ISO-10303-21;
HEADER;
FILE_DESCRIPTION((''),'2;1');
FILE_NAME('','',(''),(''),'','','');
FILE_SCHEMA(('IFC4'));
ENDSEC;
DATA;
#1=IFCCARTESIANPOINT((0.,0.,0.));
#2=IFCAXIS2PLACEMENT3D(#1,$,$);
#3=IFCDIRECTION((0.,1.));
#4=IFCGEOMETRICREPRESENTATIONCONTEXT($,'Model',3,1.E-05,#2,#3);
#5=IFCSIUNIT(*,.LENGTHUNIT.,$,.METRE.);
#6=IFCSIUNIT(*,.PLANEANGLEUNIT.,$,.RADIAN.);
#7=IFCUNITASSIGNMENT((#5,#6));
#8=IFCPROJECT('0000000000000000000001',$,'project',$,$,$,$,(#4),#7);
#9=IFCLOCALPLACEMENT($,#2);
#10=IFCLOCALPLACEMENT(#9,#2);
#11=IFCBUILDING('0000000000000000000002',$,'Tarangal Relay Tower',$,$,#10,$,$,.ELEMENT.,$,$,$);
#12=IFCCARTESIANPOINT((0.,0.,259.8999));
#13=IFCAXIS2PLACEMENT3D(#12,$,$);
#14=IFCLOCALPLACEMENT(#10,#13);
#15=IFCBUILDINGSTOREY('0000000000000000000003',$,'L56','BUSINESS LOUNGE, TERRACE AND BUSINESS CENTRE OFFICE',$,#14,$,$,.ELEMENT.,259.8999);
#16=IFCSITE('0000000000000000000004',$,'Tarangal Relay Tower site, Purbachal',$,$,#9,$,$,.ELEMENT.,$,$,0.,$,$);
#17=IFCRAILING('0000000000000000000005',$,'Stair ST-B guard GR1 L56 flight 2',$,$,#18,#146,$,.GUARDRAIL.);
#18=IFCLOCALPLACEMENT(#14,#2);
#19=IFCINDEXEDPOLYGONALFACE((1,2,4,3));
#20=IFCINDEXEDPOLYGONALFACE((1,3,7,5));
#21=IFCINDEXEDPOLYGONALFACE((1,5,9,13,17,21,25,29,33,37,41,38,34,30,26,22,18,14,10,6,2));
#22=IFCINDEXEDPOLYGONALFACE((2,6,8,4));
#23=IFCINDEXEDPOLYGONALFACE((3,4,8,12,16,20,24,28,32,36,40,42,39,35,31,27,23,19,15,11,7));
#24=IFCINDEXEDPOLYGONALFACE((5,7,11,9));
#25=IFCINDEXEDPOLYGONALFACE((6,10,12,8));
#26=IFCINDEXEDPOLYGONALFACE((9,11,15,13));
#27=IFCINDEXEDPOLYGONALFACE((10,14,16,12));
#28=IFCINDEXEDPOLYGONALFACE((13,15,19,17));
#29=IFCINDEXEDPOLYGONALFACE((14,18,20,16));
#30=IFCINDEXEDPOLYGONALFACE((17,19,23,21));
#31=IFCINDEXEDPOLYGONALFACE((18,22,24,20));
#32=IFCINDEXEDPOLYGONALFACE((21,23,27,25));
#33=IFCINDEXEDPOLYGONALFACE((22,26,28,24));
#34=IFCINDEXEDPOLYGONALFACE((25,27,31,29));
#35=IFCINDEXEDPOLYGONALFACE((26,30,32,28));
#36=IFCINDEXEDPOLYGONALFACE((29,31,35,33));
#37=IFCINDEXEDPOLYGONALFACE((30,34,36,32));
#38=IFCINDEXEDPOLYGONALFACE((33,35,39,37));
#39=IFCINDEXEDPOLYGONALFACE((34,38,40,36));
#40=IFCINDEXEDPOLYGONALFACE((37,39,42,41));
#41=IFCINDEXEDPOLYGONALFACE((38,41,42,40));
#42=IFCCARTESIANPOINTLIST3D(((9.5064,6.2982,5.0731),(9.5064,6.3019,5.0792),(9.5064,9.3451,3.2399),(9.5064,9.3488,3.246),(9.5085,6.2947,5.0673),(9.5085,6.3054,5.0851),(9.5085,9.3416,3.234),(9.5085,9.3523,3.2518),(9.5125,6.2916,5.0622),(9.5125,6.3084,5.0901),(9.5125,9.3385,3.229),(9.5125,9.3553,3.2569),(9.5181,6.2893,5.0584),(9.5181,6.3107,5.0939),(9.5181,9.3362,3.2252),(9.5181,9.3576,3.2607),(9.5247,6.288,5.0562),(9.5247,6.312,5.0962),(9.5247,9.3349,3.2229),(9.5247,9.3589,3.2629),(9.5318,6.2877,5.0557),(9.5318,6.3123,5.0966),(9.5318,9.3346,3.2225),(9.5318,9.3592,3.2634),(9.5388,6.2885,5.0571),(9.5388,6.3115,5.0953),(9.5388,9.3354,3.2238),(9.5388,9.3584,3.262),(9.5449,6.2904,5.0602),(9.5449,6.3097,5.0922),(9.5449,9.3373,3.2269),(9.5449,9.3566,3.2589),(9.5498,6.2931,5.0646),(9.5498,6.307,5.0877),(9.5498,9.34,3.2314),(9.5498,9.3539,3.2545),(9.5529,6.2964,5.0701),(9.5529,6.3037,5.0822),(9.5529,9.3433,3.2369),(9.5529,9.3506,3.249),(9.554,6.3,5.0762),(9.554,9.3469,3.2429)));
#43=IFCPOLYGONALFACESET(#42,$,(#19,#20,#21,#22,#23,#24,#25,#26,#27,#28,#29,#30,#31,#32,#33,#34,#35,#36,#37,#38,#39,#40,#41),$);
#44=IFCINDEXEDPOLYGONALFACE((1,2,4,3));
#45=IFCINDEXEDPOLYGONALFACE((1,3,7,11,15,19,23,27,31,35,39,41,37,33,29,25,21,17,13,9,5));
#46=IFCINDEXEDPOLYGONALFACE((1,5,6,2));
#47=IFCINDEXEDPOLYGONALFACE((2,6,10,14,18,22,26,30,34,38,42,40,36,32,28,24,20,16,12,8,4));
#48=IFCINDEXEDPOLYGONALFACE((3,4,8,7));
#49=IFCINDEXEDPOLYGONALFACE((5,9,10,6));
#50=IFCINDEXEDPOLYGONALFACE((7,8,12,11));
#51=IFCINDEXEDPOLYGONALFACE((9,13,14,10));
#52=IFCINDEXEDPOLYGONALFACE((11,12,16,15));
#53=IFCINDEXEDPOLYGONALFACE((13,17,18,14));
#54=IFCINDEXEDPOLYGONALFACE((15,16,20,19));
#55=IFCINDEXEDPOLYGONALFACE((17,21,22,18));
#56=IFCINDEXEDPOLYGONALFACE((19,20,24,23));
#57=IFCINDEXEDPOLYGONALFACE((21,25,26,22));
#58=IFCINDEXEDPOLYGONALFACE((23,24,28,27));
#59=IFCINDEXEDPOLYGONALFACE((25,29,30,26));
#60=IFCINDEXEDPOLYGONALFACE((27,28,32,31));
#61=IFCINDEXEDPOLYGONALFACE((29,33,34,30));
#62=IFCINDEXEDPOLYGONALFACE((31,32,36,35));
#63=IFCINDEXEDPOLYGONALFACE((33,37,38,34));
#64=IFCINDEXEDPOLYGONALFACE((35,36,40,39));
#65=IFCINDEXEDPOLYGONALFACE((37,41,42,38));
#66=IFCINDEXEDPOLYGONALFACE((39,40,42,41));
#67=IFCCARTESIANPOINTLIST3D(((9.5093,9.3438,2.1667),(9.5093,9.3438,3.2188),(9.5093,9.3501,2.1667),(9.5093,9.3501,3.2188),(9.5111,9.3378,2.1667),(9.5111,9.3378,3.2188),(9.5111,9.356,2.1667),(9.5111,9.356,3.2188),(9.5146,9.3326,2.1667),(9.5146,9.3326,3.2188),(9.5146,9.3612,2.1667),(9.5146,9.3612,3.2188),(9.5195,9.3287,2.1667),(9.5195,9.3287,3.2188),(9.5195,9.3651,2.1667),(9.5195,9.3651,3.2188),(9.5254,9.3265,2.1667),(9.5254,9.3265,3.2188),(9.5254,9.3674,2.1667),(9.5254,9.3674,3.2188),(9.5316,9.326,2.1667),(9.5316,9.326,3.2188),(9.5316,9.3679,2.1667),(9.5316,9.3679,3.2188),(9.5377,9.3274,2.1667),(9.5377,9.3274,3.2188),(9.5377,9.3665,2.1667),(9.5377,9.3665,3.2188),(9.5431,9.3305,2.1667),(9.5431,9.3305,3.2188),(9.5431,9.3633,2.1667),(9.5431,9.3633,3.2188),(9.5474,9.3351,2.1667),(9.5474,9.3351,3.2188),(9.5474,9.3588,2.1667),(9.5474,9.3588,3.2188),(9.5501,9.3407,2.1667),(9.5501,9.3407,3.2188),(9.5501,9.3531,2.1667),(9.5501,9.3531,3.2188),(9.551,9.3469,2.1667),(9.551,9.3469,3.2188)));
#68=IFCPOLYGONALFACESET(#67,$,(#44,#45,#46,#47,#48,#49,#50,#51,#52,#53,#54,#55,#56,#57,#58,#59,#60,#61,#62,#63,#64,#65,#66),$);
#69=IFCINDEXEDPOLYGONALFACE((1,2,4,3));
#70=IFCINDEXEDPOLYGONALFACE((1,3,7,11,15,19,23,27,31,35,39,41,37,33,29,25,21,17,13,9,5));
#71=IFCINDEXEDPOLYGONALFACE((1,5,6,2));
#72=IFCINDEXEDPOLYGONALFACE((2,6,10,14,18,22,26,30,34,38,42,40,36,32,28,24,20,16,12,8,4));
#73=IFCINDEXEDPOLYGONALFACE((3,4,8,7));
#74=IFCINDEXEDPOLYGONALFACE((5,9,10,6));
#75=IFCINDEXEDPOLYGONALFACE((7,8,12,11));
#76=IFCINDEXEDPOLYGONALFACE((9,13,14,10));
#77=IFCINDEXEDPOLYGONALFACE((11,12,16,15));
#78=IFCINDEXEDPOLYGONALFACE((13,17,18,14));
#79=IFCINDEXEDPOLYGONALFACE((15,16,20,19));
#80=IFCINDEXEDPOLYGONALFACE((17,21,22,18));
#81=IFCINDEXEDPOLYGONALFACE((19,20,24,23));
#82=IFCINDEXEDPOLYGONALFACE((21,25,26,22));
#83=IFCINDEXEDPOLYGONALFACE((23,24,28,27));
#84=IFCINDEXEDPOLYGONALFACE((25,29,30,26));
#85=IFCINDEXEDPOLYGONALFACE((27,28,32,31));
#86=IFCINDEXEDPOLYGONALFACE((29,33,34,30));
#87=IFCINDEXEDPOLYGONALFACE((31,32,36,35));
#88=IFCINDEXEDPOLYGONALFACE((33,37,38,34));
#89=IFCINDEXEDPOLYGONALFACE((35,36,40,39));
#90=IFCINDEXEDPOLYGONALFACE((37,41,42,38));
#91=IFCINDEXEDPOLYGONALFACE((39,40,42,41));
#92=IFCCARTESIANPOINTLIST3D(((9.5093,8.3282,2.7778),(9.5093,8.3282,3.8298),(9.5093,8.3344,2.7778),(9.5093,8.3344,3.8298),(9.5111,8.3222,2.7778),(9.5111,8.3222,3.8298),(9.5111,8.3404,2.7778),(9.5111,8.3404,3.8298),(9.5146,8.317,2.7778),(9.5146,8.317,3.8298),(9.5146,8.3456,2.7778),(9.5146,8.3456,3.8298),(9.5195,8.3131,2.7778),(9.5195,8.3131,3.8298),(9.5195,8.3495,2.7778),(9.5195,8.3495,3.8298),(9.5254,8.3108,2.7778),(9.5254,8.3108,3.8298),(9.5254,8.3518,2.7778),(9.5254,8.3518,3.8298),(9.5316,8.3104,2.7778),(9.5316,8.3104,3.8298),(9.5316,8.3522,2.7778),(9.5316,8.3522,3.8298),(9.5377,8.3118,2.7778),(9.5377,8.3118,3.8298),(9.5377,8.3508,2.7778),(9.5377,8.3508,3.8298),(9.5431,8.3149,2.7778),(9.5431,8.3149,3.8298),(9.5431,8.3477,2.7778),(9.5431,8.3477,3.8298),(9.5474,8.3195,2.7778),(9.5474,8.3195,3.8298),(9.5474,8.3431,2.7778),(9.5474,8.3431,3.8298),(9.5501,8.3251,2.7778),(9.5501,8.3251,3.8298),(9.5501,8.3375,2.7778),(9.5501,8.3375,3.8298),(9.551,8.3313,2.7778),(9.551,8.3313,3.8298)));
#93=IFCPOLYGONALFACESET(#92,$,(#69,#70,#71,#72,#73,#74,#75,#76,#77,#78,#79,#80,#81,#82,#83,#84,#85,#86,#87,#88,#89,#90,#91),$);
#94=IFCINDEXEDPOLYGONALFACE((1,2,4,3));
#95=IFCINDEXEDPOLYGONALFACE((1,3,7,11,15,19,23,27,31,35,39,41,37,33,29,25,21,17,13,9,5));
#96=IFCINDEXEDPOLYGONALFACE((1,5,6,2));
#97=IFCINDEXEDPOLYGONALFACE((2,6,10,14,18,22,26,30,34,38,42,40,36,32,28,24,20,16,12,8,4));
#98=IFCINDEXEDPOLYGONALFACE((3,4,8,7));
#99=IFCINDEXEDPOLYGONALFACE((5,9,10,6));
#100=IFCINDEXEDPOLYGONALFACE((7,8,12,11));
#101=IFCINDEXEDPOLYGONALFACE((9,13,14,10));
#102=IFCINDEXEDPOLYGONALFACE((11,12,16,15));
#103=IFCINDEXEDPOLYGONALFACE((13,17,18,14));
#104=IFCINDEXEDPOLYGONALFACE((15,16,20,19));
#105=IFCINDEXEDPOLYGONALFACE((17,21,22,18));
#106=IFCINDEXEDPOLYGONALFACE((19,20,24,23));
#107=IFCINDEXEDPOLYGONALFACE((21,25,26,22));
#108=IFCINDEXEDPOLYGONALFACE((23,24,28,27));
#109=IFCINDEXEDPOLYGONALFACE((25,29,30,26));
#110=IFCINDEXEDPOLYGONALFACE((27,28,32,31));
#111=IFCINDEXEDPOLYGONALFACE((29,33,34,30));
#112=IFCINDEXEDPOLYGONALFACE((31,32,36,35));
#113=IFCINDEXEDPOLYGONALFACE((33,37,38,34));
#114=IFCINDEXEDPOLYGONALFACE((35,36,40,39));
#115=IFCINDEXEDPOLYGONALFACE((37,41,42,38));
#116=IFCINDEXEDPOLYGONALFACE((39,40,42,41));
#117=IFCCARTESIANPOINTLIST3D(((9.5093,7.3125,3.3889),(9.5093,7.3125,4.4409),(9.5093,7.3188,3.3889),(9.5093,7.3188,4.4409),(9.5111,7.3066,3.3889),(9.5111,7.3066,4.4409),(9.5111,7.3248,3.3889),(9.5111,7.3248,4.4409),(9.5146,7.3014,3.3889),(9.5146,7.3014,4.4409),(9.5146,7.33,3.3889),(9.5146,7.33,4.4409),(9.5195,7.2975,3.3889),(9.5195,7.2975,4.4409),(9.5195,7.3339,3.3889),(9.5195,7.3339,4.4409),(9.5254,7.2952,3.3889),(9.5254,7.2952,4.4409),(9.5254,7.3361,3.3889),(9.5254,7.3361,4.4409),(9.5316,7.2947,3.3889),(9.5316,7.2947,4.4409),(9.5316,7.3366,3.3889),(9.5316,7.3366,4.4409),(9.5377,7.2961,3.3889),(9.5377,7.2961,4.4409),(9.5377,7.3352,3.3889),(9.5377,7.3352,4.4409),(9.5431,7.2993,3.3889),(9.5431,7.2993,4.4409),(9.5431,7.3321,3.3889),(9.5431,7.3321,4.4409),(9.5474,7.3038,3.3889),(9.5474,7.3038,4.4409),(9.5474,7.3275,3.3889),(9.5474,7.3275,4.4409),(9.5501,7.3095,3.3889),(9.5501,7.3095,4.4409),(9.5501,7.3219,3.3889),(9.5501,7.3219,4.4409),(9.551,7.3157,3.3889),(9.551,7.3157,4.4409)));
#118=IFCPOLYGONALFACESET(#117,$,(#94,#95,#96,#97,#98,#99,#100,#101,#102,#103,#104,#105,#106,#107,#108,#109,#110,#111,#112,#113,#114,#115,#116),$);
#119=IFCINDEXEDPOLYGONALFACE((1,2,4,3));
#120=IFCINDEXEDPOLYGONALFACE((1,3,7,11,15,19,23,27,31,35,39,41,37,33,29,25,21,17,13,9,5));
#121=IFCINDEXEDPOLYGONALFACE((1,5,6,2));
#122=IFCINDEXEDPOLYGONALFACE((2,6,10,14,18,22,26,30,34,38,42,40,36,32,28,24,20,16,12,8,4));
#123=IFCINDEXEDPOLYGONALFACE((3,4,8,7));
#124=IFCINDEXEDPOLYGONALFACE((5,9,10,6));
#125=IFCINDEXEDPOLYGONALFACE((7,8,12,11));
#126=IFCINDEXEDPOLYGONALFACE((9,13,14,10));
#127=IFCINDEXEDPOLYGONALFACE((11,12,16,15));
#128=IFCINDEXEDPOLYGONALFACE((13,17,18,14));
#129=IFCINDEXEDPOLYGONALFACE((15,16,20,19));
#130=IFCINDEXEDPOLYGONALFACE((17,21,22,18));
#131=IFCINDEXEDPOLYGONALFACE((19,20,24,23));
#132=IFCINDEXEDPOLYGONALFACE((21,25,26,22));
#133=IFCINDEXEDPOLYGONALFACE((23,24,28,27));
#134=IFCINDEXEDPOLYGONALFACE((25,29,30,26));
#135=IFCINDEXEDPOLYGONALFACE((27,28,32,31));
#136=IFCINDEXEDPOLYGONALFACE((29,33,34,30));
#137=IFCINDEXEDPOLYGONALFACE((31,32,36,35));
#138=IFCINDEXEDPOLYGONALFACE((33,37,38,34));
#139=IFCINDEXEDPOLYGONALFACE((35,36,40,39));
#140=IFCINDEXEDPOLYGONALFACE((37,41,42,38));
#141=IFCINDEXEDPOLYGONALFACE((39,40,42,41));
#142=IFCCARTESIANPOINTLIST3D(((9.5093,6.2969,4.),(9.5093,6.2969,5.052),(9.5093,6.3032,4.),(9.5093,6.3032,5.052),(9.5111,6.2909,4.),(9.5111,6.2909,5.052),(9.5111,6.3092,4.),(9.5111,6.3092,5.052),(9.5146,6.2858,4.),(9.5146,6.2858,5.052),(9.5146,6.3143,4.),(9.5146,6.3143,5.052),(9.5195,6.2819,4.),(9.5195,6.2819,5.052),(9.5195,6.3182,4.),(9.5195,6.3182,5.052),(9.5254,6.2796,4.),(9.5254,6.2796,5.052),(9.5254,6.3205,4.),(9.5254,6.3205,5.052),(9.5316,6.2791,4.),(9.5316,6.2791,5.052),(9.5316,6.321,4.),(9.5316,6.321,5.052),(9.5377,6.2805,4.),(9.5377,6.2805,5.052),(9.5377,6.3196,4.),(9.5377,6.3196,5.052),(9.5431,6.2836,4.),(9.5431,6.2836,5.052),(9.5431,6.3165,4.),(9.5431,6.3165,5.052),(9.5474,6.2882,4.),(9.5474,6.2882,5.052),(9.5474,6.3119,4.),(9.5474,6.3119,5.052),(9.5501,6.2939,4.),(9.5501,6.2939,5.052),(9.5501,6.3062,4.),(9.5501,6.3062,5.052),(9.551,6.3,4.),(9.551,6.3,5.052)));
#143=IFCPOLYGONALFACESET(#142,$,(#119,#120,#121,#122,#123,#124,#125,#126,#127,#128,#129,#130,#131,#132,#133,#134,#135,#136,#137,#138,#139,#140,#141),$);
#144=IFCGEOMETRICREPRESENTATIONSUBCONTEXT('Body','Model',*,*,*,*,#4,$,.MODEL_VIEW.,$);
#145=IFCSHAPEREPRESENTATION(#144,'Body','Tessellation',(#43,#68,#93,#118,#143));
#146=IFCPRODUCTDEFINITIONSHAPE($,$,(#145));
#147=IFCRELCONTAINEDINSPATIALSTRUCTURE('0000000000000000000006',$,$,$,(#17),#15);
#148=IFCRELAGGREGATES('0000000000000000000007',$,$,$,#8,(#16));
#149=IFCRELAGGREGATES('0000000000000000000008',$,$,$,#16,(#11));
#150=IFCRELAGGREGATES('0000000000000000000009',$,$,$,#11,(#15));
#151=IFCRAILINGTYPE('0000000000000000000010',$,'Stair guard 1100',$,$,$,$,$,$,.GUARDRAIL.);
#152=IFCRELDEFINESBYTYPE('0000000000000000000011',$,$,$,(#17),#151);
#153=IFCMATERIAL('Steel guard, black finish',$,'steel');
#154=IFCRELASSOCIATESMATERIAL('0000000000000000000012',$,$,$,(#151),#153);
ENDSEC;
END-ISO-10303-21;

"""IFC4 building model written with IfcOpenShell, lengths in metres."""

from ifc_helpers import new_model, si_unit, direction, frame, origin, origin_2d, place, context, subcontext, project, spatial, circle, extrude, material, type_object, element, save


model = new_model("IFC4")

# Units and contexts
model_context = context("Model", 3, precision=1e-05, world=origin(), true_north=direction((0.0, 1.0)))
body_context = subcontext(model_context, "Body", "Model", "MODEL_VIEW")
ifc_project = project(units=[si_unit("LENGTHUNIT", "METRE"), si_unit("PLANEANGLEUNIT", "RADIAN")], contexts=[model_context])

# Site, building, storey
site_placement = place(None, origin())
site = spatial("IfcSite", under=ifc_project, at=site_placement, Name="Tarangal Relay Tower site, Purbachal", CompositionType="ELEMENT", RefElevation=0.0)
building_placement = place(site_placement, origin())
building = spatial("IfcBuilding", under=site, at=building_placement, Name="Tarangal Relay Tower", CompositionType="ELEMENT")
storey_placement = place(building_placement, frame((0.0, 0.0, 259.8999)))
storey = spatial("IfcBuildingStorey", under=building, at=storey_placement, Name="L56", Description="BUSINESS LOUNGE, TERRACE AND BUSINESS CENTRE OFFICE", CompositionType="ELEMENT", Elevation=259.8999)

# Railing
ifc_material_1 = material(Name="Steel guard, black finish", Category="steel")
railing_type_1 = type_object("IfcRailingType", Name="Stair guard 1100", PredefinedType="GUARDRAIL", material=ifc_material_1)
railing_1_placement = place(storey_placement, frame((9.53, 9.3469, 2.1667)))
element("IfcRailing", 1, at=railing_1_placement, inside=storey, type_object=railing_type_1, Name="Stair ST-B guard GR1 L56 flight 2", PredefinedType="GUARDRAIL", context=body_context, shape_type="SweptSolid", body=[
    extrude(circle(Radius=0.0239, at=origin_2d()), frame((0.0, 0.0, 1.0762), z_axis=(0.0, -0.856856, 0.515556), x_axis=(1.0, 0.0, 0.0)), (0.0, 0.0, 1.0), 3.5559),
    extrude(circle(Radius=0.021, at=origin_2d()), origin(), (0.0, 0.0, 1.0), 1.052),
    extrude(circle(Radius=0.021, at=origin_2d()), frame((0.0, -1.0156, 0.6111)), (0.0, 0.0, 1.0), 1.052),
    extrude(circle(Radius=0.021, at=origin_2d()), frame((0.0, -2.0312, 1.2222)), (0.0, 0.0, 1.0), 1.052),
    extrude(circle(Radius=0.021, at=origin_2d()), frame((0.0, -3.0469, 1.8333)), (0.0, 0.0, 1.0), 1.052),
])

save(model, "model.ifc")
